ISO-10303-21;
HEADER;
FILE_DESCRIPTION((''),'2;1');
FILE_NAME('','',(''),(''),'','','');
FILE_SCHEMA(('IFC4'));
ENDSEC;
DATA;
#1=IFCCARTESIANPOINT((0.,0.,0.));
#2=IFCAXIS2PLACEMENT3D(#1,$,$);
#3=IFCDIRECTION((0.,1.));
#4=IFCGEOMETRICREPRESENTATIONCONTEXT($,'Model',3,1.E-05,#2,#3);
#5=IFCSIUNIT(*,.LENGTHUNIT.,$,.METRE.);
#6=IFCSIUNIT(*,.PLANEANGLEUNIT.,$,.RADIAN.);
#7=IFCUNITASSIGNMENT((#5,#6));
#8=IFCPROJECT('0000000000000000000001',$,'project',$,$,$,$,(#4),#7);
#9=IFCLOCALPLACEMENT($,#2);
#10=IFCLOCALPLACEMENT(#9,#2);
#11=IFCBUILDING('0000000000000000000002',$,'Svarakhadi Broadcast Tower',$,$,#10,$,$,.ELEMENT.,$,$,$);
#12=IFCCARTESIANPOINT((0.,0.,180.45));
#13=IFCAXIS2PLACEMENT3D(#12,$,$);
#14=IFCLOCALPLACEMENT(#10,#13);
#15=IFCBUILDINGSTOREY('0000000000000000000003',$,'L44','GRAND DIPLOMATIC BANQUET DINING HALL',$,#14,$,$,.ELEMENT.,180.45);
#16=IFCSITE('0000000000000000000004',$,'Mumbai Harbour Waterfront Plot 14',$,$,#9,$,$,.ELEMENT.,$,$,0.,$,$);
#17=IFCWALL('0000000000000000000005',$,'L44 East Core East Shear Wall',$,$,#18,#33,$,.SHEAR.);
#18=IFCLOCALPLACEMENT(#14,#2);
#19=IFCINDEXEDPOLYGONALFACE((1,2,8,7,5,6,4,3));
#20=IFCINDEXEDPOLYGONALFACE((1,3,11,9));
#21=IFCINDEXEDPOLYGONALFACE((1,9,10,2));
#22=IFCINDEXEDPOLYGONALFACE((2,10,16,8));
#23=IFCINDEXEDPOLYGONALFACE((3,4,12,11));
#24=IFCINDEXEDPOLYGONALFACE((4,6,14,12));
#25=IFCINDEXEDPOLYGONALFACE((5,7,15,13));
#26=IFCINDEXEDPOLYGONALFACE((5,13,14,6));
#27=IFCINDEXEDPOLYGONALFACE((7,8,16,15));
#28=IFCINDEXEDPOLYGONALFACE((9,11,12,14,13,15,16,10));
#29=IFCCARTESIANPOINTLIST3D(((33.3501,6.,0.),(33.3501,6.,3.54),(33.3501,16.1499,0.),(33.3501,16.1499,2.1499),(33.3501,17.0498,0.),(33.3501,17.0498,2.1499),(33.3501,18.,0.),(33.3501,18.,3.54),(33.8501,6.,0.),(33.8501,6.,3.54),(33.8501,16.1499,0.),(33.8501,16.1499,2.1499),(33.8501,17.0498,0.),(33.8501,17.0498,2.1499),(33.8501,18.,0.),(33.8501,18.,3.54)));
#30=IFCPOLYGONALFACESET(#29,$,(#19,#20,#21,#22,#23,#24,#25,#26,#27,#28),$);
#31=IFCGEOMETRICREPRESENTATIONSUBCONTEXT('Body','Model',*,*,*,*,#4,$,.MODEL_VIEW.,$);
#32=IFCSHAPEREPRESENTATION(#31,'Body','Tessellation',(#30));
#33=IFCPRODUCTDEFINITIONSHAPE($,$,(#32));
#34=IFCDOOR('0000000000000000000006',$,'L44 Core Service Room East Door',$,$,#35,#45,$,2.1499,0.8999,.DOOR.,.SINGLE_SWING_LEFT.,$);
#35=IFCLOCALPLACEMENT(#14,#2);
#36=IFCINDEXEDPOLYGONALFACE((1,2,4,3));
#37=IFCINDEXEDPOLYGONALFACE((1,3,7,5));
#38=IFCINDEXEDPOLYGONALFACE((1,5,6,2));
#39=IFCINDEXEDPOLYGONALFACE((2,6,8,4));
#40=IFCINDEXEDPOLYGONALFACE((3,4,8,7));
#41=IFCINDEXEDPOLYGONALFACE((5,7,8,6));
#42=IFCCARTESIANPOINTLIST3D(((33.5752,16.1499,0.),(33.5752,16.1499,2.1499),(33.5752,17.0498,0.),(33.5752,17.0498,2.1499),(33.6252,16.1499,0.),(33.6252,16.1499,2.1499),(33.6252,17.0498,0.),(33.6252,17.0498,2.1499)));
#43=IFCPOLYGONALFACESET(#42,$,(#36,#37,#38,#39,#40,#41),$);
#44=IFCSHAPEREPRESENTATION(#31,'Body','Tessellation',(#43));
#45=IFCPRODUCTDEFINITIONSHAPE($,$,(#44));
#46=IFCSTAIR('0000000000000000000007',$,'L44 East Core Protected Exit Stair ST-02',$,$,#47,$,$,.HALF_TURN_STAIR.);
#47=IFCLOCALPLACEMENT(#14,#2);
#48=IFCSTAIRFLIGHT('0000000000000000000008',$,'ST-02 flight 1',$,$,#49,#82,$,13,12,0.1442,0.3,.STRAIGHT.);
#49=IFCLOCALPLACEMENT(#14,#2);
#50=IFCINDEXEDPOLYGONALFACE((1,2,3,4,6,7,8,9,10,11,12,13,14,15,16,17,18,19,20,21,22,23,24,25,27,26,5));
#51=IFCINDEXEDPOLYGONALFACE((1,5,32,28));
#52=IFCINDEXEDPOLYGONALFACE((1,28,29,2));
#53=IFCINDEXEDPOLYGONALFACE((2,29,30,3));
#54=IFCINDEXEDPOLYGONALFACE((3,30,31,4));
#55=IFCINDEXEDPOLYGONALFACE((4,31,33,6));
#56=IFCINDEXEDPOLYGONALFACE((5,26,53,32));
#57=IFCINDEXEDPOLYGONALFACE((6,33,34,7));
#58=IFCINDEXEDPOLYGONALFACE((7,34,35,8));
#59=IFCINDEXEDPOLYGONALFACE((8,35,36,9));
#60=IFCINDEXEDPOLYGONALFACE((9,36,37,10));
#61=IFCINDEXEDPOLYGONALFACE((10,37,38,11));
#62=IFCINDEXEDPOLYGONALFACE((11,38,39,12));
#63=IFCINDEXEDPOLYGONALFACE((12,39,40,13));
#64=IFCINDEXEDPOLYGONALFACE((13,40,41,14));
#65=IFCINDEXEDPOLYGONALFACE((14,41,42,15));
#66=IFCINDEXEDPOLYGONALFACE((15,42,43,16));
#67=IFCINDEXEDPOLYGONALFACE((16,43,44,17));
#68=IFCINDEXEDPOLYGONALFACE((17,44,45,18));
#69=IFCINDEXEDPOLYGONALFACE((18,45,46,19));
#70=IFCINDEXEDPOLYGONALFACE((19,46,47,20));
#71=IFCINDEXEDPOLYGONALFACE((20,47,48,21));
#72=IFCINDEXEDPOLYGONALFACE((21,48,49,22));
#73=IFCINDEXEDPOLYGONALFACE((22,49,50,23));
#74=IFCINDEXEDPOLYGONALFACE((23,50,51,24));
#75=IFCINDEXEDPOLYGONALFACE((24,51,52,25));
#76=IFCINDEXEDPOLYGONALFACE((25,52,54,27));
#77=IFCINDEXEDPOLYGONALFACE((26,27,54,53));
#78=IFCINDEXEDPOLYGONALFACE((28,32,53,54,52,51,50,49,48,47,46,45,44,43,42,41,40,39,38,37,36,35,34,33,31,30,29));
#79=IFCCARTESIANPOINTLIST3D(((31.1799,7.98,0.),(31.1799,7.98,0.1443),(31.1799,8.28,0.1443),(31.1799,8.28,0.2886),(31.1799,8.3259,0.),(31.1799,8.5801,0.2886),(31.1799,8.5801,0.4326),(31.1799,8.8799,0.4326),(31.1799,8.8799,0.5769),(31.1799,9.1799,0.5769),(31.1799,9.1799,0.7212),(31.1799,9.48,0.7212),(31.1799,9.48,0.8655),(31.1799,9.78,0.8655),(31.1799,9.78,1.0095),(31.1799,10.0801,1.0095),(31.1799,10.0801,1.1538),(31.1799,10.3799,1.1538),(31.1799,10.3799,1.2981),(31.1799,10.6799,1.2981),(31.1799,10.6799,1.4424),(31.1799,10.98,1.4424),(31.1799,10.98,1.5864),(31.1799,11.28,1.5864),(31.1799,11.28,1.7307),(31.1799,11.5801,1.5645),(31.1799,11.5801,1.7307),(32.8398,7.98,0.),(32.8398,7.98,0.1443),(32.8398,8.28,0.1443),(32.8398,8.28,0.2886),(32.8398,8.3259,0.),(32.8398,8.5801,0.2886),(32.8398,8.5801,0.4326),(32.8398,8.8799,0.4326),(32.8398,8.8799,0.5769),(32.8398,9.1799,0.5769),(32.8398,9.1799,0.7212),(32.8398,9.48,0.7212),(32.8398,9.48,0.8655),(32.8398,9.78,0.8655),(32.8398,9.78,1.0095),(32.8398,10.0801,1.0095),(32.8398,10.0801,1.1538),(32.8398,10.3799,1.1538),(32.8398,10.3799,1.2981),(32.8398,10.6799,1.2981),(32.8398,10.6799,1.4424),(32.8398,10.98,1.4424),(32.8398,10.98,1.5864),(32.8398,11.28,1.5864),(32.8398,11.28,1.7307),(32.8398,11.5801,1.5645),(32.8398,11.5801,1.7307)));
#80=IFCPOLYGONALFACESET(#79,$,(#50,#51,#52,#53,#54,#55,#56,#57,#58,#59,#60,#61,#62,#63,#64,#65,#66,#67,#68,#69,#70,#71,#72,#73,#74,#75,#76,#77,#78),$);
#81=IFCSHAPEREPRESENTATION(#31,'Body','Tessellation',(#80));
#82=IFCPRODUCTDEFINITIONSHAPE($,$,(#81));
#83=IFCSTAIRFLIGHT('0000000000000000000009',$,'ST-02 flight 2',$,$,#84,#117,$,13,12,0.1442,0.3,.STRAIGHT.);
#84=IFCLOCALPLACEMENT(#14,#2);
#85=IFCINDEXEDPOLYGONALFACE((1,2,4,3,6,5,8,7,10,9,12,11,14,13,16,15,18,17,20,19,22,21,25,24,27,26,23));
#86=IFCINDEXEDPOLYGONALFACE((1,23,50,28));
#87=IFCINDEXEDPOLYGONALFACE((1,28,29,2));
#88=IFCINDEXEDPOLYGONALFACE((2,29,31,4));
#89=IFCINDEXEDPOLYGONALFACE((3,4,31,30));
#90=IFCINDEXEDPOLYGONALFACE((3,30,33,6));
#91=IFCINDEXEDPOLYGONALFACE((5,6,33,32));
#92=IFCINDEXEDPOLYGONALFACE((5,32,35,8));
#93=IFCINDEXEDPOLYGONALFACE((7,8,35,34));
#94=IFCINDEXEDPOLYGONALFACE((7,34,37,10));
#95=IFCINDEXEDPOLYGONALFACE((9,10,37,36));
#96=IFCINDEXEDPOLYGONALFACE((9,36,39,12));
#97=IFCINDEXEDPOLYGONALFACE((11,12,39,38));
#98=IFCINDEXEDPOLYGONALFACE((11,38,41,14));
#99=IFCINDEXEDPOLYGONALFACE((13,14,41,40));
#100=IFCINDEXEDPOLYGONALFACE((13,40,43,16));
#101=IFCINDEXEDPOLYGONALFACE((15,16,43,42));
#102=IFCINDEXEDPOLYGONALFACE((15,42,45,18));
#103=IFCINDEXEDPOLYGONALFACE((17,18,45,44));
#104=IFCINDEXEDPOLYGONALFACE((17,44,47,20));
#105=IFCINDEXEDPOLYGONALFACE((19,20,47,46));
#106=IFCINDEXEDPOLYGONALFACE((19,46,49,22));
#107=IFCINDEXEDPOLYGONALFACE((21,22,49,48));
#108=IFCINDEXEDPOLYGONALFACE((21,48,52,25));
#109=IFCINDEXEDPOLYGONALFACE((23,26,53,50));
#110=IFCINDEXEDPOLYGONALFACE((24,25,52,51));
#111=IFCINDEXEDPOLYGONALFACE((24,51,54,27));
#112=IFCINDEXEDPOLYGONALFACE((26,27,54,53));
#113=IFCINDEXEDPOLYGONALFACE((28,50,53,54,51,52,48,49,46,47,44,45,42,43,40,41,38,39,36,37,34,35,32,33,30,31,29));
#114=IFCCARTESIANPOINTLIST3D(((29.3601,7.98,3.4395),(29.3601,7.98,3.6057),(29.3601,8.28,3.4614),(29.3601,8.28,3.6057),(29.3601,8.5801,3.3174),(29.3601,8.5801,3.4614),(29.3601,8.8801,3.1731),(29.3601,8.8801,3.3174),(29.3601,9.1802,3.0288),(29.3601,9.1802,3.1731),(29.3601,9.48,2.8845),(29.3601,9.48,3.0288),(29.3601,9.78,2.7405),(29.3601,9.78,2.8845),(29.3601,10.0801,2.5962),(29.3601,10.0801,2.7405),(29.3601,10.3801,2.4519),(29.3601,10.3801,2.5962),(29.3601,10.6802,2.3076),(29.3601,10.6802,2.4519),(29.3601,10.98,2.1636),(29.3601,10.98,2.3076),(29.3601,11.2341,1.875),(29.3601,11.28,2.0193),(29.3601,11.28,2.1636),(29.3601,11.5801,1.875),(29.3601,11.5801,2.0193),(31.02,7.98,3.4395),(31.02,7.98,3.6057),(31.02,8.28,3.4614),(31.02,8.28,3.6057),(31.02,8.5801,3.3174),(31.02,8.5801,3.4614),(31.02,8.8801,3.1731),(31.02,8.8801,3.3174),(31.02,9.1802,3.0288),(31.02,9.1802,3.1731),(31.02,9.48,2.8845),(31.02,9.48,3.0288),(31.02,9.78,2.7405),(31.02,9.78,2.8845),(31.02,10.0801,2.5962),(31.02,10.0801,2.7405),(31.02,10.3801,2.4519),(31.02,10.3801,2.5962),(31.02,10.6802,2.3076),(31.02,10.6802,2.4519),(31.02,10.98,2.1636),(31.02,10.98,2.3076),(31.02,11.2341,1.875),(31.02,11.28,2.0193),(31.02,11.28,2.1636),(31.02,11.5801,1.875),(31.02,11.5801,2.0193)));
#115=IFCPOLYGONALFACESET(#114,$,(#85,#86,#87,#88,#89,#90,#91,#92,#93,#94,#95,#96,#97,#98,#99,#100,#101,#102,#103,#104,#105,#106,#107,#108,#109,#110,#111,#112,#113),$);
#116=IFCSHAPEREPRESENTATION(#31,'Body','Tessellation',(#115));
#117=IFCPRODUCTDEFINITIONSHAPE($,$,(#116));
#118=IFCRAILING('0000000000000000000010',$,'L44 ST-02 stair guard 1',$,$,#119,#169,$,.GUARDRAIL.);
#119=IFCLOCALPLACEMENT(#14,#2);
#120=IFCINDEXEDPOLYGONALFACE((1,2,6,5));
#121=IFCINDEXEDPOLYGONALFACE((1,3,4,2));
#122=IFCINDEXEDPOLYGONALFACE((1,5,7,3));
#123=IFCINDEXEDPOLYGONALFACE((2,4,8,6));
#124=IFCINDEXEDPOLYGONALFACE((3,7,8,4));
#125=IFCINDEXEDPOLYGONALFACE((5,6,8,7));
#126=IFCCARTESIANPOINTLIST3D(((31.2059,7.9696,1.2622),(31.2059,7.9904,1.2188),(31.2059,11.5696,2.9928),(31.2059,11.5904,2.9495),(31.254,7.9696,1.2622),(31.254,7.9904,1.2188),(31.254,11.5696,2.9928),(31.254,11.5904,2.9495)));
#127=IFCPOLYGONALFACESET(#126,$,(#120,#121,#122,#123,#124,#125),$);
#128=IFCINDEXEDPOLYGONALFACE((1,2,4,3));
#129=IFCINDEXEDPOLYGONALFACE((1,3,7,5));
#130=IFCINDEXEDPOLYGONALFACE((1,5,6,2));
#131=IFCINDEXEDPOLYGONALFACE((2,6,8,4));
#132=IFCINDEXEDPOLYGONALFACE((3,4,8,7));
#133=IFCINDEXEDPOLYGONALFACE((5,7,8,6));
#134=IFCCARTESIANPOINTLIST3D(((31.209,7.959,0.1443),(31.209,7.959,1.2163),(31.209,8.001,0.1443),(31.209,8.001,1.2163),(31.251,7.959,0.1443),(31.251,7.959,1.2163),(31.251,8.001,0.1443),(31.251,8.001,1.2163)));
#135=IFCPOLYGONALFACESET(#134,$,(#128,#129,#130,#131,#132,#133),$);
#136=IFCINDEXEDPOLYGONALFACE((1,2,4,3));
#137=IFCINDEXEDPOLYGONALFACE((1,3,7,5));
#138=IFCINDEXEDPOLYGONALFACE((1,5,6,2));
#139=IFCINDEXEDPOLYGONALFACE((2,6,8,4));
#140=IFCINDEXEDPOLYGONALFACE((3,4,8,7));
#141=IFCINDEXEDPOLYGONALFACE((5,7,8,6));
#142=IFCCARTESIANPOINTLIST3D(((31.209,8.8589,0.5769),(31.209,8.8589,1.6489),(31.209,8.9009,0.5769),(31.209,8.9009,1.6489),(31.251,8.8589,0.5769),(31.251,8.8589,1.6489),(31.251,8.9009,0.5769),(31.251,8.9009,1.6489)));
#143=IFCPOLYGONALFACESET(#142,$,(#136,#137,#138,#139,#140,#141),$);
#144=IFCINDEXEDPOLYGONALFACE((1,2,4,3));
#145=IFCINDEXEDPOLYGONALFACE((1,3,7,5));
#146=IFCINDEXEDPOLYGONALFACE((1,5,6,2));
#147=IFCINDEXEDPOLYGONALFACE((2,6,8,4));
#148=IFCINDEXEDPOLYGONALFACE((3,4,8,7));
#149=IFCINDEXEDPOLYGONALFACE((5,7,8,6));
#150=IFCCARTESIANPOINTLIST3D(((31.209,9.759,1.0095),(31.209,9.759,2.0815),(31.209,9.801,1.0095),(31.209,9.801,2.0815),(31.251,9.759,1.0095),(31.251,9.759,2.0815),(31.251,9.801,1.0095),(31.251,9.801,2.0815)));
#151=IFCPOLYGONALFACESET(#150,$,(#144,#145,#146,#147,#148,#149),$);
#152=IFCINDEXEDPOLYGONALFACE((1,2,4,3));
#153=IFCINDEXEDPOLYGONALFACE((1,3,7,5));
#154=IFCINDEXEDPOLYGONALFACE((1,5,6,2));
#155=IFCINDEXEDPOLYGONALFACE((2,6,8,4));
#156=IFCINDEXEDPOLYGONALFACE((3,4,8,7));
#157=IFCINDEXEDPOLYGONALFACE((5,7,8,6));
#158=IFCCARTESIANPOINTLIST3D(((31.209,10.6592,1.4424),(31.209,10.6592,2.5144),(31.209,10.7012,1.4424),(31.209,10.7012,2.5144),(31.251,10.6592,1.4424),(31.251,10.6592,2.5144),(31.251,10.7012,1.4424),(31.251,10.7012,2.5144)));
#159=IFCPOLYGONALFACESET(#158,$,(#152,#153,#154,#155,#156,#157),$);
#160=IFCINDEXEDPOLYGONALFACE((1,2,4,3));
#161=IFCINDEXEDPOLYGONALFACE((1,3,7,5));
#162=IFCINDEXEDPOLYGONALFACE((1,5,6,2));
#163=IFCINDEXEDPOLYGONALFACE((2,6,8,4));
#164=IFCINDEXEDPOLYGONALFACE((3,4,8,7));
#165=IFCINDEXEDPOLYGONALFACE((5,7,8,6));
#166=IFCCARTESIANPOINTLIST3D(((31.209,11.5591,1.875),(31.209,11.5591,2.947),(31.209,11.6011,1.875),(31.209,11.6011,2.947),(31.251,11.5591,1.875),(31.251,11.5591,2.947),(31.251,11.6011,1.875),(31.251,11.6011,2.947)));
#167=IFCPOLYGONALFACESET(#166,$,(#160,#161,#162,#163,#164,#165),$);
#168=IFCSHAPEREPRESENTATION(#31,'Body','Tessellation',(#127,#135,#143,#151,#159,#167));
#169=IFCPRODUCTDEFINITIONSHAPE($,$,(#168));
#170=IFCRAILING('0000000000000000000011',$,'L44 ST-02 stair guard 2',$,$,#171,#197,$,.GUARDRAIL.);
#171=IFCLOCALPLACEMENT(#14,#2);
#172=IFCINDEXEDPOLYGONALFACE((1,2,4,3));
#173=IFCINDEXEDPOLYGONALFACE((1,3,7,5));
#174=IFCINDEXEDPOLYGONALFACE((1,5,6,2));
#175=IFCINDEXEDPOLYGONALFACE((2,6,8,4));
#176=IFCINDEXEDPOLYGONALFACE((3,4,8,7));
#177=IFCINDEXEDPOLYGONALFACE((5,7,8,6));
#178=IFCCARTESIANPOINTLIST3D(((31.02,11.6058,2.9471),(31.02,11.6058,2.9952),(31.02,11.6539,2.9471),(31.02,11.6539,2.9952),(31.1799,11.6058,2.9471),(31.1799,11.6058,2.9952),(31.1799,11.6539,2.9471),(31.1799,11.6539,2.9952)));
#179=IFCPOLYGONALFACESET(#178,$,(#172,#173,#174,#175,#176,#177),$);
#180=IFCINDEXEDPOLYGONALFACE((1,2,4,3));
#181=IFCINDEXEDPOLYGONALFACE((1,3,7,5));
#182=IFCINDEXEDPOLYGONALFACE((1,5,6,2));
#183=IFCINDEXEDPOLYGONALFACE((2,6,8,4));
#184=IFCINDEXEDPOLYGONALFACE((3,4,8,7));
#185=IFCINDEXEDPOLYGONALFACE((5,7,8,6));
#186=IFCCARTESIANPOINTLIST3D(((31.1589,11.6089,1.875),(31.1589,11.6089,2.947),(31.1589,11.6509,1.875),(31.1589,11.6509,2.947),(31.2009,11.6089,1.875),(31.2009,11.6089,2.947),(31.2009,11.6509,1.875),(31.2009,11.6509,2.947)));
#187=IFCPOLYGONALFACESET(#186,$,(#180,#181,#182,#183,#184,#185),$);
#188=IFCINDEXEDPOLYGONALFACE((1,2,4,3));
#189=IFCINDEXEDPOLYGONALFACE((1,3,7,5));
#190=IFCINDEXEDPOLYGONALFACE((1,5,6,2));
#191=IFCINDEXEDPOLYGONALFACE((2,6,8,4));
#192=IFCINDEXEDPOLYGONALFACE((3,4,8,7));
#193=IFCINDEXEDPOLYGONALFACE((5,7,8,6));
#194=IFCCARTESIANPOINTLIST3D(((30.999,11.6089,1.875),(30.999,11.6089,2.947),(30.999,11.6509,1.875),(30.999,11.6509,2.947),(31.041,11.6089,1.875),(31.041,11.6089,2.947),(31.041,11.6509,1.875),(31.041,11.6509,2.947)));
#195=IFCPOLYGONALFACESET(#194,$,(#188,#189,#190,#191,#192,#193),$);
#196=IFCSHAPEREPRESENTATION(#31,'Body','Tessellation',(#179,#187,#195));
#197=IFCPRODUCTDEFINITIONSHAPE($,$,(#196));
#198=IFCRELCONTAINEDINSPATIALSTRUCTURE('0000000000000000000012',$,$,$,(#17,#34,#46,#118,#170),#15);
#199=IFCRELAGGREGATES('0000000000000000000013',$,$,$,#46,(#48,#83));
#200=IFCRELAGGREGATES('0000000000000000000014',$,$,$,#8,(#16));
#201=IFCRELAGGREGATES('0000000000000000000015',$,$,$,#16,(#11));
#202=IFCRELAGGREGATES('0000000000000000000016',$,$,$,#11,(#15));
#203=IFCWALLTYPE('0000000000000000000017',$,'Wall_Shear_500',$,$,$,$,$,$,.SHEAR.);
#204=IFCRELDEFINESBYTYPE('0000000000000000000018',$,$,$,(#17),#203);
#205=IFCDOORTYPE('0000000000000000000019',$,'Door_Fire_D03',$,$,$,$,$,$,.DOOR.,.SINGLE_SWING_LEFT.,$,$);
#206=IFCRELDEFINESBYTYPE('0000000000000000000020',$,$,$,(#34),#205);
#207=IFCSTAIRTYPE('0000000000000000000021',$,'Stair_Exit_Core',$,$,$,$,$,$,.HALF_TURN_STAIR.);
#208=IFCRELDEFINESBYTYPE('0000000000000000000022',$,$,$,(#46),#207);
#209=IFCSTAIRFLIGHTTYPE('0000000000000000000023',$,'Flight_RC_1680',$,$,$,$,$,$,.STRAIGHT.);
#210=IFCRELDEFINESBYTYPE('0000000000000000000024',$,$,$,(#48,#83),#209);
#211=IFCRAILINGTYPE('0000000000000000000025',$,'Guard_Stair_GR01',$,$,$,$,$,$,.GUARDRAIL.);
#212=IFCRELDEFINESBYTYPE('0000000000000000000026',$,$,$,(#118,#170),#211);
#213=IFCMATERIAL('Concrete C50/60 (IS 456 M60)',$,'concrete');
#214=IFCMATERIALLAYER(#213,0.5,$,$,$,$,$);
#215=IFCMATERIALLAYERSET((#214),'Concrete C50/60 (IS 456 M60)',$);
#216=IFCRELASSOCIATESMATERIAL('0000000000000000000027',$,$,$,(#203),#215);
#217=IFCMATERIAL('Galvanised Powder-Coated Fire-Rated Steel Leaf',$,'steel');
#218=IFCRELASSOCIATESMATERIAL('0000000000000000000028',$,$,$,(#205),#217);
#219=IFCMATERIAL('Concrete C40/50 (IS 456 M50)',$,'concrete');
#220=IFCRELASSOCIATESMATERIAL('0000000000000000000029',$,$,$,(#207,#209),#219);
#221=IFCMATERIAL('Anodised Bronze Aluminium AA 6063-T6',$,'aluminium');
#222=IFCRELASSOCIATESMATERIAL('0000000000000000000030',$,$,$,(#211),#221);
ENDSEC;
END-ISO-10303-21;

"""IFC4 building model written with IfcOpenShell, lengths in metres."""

from ifc_helpers import new_model, si_unit, direction, frame, frame_2d, origin, origin_2d, place, context, subcontext, project, spatial, polyline, rectangle, outline, extrude, material, layer, layer_set, type_object, element, fill, aggregate, save


model = new_model("IFC4")

# Units and contexts
model_context = context("Model", 3, precision=1e-05, world=origin(), true_north=direction((0.0, 1.0)))
body_context = subcontext(model_context, "Body", "Model", "MODEL_VIEW")
ifc_project = project(units=[si_unit("LENGTHUNIT", "METRE"), si_unit("PLANEANGLEUNIT", "RADIAN")], contexts=[model_context])

# Site, building, storey
site_placement = place(None, origin())
site = spatial("IfcSite", under=ifc_project, at=site_placement, Name="Mumbai Harbour Waterfront Plot 14", CompositionType="ELEMENT", RefElevation=0.0)
building_placement = place(site_placement, origin())
building = spatial("IfcBuilding", under=site, at=building_placement, Name="Svarakhadi Broadcast Tower", CompositionType="ELEMENT")
storey_placement = place(building_placement, frame((0.0, 0.0, 180.45)))
storey = spatial("IfcBuildingStorey", under=building, at=storey_placement, Name="L44", Description="GRAND DIPLOMATIC BANQUET DINING HALL", CompositionType="ELEMENT", Elevation=180.45)

# Shared definitions
ifc_material_1 = material(Name="Concrete C50/60 (IS 456 M60)", Category="concrete")

# Shared definitions
ifc_material_2 = material(Name="Anodised Bronze Aluminium AA 6063-T6", Category="aluminium")

# Shared definitions
ifc_material_3 = material(Name="Concrete C40/50 (IS 456 M50)", Category="concrete")

# Wall, opening, door
ifc_layer_1 = layer(ifc_material_1, 0.5)
ifc_layer_set_1 = layer_set([ifc_layer_1], Name="Concrete C50/60 (IS 456 M60)")
wall_type_1 = type_object("IfcWallType", Name="Wall_Shear_500", PredefinedType="SHEAR", material=ifc_layer_set_1)
wall_1_placement = place(storey_placement, frame((33.6001, 6.0, 0.0), z_axis=(0.0, 0.0, 1.0), x_axis=(0.0, 1.0, 0.0)))
wall_1 = element("IfcWall", 1, at=wall_1_placement, inside=storey, type_object=wall_type_1, Name="L44 East Core East Shear Wall", PredefinedType="SHEAR", context=body_context, shape_type="SweptSolid", body=[
    extrude(rectangle(XDim=12.0, YDim=0.5, at=frame_2d((6.0, 0.0))), origin(), (0.0, 0.0, 1.0), 3.54),
])
opening_1_placement = place(wall_1_placement, frame((10.1499, 0.0, 0.0)))
opening_1 = element("IfcOpeningElement", 2, at=opening_1_placement, cuts=wall_1, PredefinedType="OPENING", context=body_context, shape_type="SweptSolid", body=[
    extrude(rectangle(XDim=0.8999, YDim=2.1499, at=frame_2d((0.45, 1.075))), frame((0.0, 0.26, 0.0), z_axis=(0.0, -1.0, 0.0), x_axis=(1.0, 0.0, 0.0)), (0.0, 0.0, 1.0), 0.52),
])
ifc_material_4 = material(Name="Galvanised Powder-Coated Fire-Rated Steel Leaf", Category="steel")
door_type_1 = type_object("IfcDoorType", Name="Door_Fire_D03", OperationType="SINGLE_SWING_LEFT", PredefinedType="DOOR", material=ifc_material_4)
door_1_placement = place(opening_1_placement, origin())
door_1 = element("IfcDoor", 3, at=door_1_placement, inside=storey, type_object=door_type_1, Name="L44 Core Service Room East Door", OperationType="SINGLE_SWING_LEFT", OverallHeight=2.1499, OverallWidth=0.8999, PredefinedType="DOOR", context=body_context, shape_type="SweptSolid", body=[
    extrude(rectangle(XDim=0.8999, YDim=2.1499, at=frame_2d((0.45, 1.075))), frame((0.0, 0.0249, 0.0), z_axis=(0.0, -1.0, 0.0), x_axis=(1.0, 0.0, 0.0)), (0.0, 0.0, 1.0), 0.05),
])
fill(opening_1, door_1)

# Stair, stair flights
stair_type = type_object("IfcStairType", Name="Stair_Exit_Core", PredefinedType="HALF_TURN_STAIR", material=ifc_material_3)
stair_placement = place(storey_placement, origin())
stair = element("IfcStair", 4, at=stair_placement, inside=storey, type_object=stair_type, Name="L44 East Core Protected Exit Stair ST-02", PredefinedType="HALF_TURN_STAIR")
stair_flight_type = type_object("IfcStairFlightType", Name="Flight_RC_1680", PredefinedType="STRAIGHT", material=ifc_material_3)
stair_flight_1_placement = place(storey_placement, frame((32.01, 7.98, 0.0), z_axis=(0.0, 0.0, 1.0), x_axis=(0.0, 1.0, 0.0)))
stair_flight_1 = element("IfcStairFlight", 5, at=stair_flight_1_placement, type_object=stair_flight_type, Name="ST-02 flight 1", NumberOfRisers=13, NumberOfTreads=12, PredefinedType="STRAIGHT", RiserHeight=0.1442, TreadLength=0.3, context=body_context, shape_type="SweptSolid", body=[
    extrude(outline(polyline([(0.0, 0.0), (0.0, 0.1443), (0.3, 0.1443), (0.3, 0.2886), (0.6001, 0.2886), (0.6001, 0.4326), (0.8999, 0.4326), (0.8999, 0.5769), (1.2, 0.5769), (1.2, 0.7212), (1.5, 0.7212), (1.5, 0.8655), (1.8, 0.8655), (1.8, 1.0095), (2.1001, 1.0095), (2.1001, 1.1538), (2.3999, 1.1538), (2.3999, 1.2981), (2.7, 1.2981), (2.7, 1.4424), (3.0, 1.4424), (3.0, 1.5864), (3.3, 1.5864), (3.3, 1.7307), (3.6001, 1.7307), (3.6001, 1.875), (3.6001, 1.5645), (0.3459, 0.0), (0.0, 0.0)])), frame((0.0, 0.8301, 0.0), z_axis=(0.0, -1.0, 0.0), x_axis=(1.0, 0.0, 0.0)), (0.0, 0.0, 1.0), 1.6599),
])
stair_flight_2_placement = place(storey_placement, frame((30.1899, 11.5801, 1.875), z_axis=(0.0, 0.0, 1.0), x_axis=(0.0, -1.0, 0.0)))
stair_flight_2 = element("IfcStairFlight", 6, at=stair_flight_2_placement, type_object=stair_flight_type, Name="ST-02 flight 2", NumberOfRisers=13, NumberOfTreads=12, PredefinedType="STRAIGHT", RiserHeight=0.1442, TreadLength=0.3, context=body_context, shape_type="SweptSolid", body=[
    extrude(outline(polyline([(0.0, 0.0), (0.0, 0.1443), (0.3, 0.1443), (0.3, 0.2886), (0.6001, 0.2886), (0.6001, 0.4326), (0.8999, 0.4326), (0.8999, 0.5769), (1.2, 0.5769), (1.2, 0.7212), (1.5, 0.7212), (1.5, 0.8655), (1.8, 0.8655), (1.8, 1.0095), (2.1001, 1.0095), (2.1001, 1.1538), (2.3999, 1.1538), (2.3999, 1.2981), (2.7, 1.2981), (2.7, 1.4424), (3.0, 1.4424), (3.0, 1.5864), (3.3, 1.5864), (3.3, 1.7307), (3.6001, 1.7307), (3.6001, 1.875), (3.6001, 1.5645), (0.3459, 0.0), (0.0, 0.0)])), frame((0.0, 0.8301, 0.0), z_axis=(0.0, -1.0, 0.0), x_axis=(1.0, 0.0, 0.0)), (0.0, 0.0, 1.0), 1.6599),
])
aggregate(stair, [stair_flight_1, stair_flight_2])

# Railings
railing_type_1 = type_object("IfcRailingType", Name="Guard_Stair_GR01", PredefinedType="GUARDRAIL", material=ifc_material_2)
railing_1_placement = place(storey_placement, frame((31.23, 7.98, 0.1443)))
element("IfcRailing", 7, at=railing_1_placement, inside=storey, type_object=railing_type_1, Name="L44 ST-02 stair guard 1", PredefinedType="GUARDRAIL", context=body_context, shape_type="SweptSolid", body=[
    extrude(rectangle(XDim=0.0481, YDim=0.0481, at=origin_2d()), frame((0.0, 0.0, 1.0962), z_axis=(0.0, 0.901263, 0.433273), x_axis=(-1.0, 0.0, 0.0)), (0.0, 0.0, 1.0), 3.9944),
    extrude(rectangle(XDim=0.042, YDim=0.042, at=origin_2d()), origin(), (0.0, 0.0, 1.0), 1.072),
    extrude(rectangle(XDim=0.042, YDim=0.042, at=origin_2d()), frame((0.0, 0.8999, 0.4326)), (0.0, 0.0, 1.0), 1.072),
    extrude(rectangle(XDim=0.042, YDim=0.042, at=origin_2d()), frame((0.0, 1.8, 0.8652)), (0.0, 0.0, 1.0), 1.072),
    extrude(rectangle(XDim=0.042, YDim=0.042, at=origin_2d()), frame((0.0, 2.7002, 1.2981)), (0.0, 0.0, 1.0), 1.072),
    extrude(rectangle(XDim=0.042, YDim=0.042, at=origin_2d()), frame((0.0, 3.6001, 1.7307)), (0.0, 0.0, 1.0), 1.072),
])
railing_2_placement = place(storey_placement, frame((31.1799, 11.6299, 1.875)))
element("IfcRailing", 8, at=railing_2_placement, inside=storey, type_object=railing_type_1, Name="L44 ST-02 stair guard 2", PredefinedType="GUARDRAIL", context=body_context, shape_type="SweptSolid", body=[
    extrude(rectangle(XDim=0.0481, YDim=0.0481, at=origin_2d()), frame((0.0, 0.0, 1.0962), z_axis=(-1.0, 0.0, 0.0), x_axis=(0.0, -1.0, 0.0)), (0.0, 0.0, 1.0), 0.1599),
    extrude(rectangle(XDim=0.042, YDim=0.042, at=origin_2d()), origin(), (0.0, 0.0, 1.0), 1.072),
    extrude(rectangle(XDim=0.042, YDim=0.042, at=origin_2d()), frame((-0.1599, 0.0, 0.0)), (0.0, 0.0, 1.0), 1.072),
])

save(model, "model.ifc")
